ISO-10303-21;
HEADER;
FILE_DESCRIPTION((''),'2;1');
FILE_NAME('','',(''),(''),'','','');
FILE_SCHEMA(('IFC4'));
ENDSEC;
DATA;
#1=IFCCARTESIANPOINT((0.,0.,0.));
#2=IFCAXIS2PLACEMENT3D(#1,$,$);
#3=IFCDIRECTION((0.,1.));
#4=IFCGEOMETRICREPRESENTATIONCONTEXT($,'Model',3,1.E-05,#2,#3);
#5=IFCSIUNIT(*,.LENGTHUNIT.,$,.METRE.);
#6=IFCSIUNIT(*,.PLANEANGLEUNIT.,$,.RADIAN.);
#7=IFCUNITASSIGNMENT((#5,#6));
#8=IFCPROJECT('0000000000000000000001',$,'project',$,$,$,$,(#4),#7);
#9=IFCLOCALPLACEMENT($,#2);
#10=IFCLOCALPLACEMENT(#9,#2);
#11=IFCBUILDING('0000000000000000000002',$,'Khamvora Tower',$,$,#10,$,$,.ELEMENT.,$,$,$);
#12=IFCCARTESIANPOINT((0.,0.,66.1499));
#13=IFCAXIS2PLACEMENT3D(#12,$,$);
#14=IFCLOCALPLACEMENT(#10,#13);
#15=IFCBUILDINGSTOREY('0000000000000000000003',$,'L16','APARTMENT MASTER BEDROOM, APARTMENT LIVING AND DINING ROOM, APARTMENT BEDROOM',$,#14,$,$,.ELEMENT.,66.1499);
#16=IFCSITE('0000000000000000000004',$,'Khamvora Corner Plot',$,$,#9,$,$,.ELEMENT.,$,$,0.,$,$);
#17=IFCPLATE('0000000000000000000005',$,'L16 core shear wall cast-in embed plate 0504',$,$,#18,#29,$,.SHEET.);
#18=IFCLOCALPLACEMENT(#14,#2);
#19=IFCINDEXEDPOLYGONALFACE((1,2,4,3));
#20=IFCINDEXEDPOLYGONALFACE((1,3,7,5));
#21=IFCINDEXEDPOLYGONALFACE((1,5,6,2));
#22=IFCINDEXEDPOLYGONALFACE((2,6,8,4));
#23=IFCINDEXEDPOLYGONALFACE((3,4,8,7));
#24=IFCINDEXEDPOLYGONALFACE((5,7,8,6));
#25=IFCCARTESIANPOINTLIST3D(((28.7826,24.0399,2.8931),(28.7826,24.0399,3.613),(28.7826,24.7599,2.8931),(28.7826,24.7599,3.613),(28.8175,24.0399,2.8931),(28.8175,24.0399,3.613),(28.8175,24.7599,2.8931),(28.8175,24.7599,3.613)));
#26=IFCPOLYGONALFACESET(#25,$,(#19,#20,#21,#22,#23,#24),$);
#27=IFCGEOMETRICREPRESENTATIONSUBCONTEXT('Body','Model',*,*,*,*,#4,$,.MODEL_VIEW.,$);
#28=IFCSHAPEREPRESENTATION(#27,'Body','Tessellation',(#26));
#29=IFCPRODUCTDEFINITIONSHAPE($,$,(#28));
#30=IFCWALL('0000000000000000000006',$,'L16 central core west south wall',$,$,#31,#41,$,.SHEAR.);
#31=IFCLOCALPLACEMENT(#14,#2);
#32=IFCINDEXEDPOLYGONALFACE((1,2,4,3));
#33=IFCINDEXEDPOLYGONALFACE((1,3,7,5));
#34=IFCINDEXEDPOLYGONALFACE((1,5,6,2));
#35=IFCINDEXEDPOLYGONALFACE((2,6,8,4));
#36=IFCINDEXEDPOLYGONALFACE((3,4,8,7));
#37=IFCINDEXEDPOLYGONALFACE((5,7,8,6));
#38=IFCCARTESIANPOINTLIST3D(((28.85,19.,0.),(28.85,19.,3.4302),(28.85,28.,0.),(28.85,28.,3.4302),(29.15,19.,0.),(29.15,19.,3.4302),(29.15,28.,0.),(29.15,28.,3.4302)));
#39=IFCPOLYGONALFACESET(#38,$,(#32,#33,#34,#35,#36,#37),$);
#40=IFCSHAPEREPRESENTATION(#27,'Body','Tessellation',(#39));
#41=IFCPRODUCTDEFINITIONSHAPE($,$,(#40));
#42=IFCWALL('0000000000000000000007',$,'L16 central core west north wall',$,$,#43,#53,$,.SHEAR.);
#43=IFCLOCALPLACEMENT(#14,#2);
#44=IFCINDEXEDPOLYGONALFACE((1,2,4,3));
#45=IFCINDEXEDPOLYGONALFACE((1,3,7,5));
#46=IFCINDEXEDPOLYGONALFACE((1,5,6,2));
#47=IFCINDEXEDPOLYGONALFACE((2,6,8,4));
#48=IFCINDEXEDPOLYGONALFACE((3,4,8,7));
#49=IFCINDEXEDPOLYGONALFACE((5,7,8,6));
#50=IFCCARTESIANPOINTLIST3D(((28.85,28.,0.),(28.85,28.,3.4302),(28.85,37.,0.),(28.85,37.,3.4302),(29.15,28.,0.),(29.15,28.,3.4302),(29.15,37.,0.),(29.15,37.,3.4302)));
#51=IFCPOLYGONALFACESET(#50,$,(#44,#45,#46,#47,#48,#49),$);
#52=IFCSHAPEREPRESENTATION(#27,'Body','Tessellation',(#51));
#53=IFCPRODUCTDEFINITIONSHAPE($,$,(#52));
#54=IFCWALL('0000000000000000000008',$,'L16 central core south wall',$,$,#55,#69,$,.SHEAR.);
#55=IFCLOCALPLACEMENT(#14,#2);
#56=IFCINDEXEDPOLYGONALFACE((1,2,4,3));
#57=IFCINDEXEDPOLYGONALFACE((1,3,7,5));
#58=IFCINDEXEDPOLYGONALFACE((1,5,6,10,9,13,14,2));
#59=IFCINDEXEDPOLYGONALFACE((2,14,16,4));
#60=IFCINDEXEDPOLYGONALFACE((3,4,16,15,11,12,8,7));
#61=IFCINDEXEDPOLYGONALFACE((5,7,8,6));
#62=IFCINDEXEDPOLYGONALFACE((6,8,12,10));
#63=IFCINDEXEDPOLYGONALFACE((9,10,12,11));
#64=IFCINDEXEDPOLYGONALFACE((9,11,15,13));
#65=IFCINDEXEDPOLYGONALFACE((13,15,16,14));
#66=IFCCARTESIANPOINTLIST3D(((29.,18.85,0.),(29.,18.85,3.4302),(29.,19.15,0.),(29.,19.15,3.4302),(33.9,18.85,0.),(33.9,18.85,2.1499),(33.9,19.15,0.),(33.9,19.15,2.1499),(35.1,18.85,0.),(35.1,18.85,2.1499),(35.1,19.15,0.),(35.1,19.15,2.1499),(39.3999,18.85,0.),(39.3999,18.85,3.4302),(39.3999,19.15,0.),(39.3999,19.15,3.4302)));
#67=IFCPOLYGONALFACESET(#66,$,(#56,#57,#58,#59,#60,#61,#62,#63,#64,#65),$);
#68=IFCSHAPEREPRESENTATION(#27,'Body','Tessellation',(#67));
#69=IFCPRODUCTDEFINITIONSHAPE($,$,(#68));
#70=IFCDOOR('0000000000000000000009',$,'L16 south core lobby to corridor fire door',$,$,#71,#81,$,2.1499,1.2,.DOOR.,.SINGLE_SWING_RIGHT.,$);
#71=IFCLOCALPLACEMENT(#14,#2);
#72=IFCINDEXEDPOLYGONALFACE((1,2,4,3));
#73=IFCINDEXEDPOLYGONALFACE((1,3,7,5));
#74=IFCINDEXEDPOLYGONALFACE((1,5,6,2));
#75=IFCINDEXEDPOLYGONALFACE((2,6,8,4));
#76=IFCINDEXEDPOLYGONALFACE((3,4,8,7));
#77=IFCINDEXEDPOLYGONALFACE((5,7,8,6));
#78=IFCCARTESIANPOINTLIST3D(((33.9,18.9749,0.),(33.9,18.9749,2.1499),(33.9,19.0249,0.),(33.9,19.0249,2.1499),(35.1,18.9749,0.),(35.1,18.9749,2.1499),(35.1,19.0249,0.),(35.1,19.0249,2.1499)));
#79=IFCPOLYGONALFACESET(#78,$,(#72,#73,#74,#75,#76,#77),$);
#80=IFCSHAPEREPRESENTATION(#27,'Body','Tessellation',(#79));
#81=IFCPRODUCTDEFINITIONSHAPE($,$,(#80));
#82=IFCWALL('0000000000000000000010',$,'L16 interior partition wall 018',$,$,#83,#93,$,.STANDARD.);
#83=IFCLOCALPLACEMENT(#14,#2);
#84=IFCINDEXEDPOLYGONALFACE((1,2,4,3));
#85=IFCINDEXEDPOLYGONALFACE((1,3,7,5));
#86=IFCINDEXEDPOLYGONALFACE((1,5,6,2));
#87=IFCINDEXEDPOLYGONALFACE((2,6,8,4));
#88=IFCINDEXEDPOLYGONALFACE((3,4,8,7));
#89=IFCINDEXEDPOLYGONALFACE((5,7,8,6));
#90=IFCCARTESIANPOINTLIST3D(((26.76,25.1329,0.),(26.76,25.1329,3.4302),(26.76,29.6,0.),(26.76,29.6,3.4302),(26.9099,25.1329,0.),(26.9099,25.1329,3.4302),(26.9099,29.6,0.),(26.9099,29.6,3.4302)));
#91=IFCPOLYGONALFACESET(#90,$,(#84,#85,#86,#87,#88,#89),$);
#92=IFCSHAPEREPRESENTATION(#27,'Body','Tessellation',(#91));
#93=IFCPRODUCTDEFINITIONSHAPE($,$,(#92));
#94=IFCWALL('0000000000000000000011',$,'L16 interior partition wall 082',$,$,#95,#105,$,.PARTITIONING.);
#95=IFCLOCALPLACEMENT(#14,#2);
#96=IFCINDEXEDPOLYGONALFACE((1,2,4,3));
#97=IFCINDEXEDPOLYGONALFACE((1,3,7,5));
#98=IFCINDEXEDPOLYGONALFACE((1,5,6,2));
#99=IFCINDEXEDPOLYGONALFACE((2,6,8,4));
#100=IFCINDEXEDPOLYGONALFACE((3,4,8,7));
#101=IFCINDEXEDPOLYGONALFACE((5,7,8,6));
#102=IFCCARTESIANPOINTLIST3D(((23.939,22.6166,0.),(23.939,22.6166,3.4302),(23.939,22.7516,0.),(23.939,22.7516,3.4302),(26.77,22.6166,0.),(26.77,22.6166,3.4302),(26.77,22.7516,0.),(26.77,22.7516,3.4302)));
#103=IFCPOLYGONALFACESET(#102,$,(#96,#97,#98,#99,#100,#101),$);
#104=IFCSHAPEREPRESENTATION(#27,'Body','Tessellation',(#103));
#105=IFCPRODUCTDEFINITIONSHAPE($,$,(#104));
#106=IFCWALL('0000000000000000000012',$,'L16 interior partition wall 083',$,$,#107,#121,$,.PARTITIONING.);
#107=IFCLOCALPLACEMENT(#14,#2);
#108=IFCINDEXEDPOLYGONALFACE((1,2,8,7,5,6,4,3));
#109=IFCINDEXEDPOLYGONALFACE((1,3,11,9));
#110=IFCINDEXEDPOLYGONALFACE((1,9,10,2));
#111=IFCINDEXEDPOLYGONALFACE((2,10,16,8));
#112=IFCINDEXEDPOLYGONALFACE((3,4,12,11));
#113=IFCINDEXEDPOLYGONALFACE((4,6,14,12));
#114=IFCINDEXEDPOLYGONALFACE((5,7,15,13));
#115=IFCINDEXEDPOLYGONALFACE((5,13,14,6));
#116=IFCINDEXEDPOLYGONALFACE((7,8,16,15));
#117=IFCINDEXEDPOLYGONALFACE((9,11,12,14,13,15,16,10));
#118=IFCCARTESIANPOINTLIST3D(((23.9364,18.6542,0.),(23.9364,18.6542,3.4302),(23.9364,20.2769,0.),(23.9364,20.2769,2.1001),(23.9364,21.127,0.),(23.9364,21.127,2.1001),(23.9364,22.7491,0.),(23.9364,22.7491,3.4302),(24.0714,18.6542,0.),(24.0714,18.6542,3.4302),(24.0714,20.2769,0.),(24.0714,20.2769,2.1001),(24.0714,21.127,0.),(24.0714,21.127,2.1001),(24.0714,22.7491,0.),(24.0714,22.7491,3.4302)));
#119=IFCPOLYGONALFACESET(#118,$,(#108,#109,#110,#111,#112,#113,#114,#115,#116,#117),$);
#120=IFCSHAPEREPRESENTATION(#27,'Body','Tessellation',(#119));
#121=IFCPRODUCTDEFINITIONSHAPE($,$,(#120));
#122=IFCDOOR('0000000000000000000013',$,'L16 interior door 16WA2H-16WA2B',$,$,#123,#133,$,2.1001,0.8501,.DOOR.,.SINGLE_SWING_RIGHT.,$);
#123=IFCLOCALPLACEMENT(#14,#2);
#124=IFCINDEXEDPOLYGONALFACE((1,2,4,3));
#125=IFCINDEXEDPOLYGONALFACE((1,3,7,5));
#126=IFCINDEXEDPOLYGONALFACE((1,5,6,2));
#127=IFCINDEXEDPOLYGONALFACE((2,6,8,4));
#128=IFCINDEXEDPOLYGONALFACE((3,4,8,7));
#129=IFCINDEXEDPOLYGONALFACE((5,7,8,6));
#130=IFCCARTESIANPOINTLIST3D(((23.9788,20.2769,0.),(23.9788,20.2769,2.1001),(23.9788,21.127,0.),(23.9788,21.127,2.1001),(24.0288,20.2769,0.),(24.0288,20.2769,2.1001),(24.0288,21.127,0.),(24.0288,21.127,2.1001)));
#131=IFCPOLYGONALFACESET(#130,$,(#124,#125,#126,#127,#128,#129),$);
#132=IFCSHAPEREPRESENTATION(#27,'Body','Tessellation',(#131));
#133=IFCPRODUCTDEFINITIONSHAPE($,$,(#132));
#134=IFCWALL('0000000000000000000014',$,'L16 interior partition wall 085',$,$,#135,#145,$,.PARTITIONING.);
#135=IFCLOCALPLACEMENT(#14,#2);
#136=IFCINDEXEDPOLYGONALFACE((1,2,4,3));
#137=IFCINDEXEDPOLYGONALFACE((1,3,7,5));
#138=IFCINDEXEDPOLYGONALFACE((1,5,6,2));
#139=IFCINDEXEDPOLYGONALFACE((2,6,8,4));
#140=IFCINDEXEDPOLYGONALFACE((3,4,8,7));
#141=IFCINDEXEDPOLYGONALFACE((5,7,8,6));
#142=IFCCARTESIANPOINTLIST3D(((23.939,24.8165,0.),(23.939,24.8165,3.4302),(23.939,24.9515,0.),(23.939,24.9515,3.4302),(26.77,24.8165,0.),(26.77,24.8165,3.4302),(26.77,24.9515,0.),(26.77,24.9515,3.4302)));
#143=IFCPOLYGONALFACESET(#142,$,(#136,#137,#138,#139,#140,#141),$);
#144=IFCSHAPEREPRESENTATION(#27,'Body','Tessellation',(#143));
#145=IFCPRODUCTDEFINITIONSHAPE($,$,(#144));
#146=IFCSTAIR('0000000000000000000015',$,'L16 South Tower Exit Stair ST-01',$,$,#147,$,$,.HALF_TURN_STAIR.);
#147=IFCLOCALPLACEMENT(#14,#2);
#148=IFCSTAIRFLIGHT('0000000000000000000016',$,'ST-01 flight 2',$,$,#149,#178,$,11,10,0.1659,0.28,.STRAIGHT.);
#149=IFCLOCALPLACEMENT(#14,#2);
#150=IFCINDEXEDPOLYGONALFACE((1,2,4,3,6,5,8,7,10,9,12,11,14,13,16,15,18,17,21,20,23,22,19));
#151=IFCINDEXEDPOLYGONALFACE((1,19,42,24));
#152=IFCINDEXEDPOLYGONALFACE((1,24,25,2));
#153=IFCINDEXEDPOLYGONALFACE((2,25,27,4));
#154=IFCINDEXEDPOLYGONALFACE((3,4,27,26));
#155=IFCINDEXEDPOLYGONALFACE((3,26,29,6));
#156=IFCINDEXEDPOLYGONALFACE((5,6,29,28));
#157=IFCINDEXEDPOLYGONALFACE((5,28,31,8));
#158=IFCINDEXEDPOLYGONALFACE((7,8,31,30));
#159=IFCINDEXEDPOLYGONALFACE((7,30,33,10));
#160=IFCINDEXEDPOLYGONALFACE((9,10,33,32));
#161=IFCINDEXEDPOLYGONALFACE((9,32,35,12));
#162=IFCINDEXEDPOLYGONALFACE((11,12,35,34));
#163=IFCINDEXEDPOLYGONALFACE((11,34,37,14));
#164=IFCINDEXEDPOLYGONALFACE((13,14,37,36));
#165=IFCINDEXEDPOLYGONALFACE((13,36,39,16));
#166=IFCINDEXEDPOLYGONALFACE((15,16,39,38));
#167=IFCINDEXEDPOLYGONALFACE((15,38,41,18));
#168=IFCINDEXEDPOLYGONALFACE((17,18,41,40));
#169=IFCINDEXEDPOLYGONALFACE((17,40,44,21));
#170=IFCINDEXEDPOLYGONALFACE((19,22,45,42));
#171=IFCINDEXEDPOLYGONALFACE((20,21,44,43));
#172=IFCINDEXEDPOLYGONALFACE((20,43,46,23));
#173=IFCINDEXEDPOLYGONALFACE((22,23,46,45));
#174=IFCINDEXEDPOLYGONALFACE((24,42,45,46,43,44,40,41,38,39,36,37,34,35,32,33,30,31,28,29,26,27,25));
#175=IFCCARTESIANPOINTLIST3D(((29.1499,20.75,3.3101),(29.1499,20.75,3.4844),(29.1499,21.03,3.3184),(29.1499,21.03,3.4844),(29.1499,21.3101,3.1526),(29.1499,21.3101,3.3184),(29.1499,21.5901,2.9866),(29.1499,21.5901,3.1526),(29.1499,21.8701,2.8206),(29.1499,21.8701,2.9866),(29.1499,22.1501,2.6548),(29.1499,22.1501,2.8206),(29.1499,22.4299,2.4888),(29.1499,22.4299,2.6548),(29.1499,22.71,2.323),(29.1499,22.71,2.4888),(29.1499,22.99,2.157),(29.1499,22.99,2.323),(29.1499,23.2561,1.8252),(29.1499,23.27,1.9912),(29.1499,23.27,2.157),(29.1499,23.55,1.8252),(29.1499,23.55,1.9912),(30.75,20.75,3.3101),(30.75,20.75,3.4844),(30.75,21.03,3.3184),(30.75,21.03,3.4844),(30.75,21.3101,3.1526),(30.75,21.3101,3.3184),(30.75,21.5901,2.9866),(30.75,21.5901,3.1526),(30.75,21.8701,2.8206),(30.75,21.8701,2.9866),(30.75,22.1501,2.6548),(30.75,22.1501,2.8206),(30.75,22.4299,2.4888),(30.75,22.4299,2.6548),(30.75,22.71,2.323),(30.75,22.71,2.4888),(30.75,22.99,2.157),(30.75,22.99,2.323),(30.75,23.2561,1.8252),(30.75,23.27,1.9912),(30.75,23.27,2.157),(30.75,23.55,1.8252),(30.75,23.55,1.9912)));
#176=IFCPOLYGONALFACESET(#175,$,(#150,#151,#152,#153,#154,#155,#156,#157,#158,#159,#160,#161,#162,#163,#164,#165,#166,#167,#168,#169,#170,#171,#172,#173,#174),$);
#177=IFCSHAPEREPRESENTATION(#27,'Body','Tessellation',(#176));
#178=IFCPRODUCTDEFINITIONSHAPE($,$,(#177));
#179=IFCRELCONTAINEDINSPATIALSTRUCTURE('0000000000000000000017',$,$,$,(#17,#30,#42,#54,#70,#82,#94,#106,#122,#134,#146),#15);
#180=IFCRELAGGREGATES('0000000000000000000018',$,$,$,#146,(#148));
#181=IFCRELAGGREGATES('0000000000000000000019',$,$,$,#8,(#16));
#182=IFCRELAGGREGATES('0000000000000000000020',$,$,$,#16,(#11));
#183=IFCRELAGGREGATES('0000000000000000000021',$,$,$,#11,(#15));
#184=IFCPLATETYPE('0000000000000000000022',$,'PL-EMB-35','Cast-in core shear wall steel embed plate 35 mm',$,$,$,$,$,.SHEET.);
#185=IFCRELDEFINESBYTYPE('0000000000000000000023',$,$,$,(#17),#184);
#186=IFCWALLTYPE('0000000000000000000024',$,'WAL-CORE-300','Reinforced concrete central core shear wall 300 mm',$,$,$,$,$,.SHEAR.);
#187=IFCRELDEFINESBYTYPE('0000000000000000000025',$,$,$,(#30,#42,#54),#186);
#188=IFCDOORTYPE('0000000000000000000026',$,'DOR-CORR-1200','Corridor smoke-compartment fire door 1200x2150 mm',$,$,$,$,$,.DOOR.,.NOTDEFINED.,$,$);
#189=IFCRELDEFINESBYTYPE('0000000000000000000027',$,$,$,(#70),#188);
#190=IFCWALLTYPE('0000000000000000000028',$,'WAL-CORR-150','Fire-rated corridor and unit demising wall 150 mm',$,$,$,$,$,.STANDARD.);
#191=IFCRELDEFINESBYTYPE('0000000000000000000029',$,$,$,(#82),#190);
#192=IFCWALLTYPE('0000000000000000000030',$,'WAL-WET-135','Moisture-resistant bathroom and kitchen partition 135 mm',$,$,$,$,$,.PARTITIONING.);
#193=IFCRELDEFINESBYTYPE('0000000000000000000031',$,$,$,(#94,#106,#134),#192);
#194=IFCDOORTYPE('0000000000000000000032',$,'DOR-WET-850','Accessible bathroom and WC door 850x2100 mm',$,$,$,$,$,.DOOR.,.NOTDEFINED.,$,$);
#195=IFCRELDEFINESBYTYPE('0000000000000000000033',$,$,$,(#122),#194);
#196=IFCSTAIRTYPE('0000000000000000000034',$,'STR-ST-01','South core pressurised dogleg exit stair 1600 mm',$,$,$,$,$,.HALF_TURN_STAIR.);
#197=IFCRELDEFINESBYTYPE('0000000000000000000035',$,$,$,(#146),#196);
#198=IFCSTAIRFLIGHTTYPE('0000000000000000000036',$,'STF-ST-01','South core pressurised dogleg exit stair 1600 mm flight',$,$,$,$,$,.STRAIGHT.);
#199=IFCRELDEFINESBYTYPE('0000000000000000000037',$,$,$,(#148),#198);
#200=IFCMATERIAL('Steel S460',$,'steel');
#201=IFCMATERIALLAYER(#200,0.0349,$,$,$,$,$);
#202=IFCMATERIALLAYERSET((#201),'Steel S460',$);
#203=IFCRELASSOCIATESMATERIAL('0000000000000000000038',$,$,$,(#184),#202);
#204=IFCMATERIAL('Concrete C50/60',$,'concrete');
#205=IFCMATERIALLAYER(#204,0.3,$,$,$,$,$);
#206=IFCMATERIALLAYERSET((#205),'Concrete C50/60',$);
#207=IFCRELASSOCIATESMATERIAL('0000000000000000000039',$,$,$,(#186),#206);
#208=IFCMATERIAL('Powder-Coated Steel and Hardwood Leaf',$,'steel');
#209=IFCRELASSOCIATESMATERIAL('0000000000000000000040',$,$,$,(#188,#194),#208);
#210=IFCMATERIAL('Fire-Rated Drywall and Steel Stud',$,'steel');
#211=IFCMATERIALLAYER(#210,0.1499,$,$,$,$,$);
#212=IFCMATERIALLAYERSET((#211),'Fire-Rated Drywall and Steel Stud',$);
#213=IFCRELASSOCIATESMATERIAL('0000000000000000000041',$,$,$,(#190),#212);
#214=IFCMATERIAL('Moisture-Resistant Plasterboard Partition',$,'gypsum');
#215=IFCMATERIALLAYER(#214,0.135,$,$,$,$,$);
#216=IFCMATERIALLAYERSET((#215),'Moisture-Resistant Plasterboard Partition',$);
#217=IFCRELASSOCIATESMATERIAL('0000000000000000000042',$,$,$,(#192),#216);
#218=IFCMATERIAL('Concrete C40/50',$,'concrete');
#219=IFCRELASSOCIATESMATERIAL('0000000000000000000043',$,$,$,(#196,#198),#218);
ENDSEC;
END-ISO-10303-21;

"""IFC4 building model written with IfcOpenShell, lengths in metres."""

from ifc_helpers import new_model, si_unit, direction, frame, frame_2d, origin, origin_2d, place, context, subcontext, project, spatial, polyline, rectangle, outline, extrude, material, layer, layer_set, type_object, element, fill, aggregate, save


model = new_model("IFC4")

# Units and contexts
model_context = context("Model", 3, precision=1e-05, world=origin(), true_north=direction((0.0, 1.0)))
body_context = subcontext(model_context, "Body", "Model", "MODEL_VIEW")
ifc_project = project(units=[si_unit("LENGTHUNIT", "METRE"), si_unit("PLANEANGLEUNIT", "RADIAN")], contexts=[model_context])

# Site, building, storey
site_placement = place(None, origin())
site = spatial("IfcSite", under=ifc_project, at=site_placement, Name="Khamvora Corner Plot", CompositionType="ELEMENT", RefElevation=0.0)
building_placement = place(site_placement, origin())
building = spatial("IfcBuilding", under=site, at=building_placement, Name="Khamvora Tower", CompositionType="ELEMENT")
storey_placement = place(building_placement, frame((0.0, 0.0, 66.1499)))
storey = spatial("IfcBuildingStorey", under=building, at=storey_placement, Name="L16", Description="APARTMENT MASTER BEDROOM, APARTMENT LIVING AND DINING ROOM, APARTMENT BEDROOM", CompositionType="ELEMENT", Elevation=66.1499)

# Shared definitions
ifc_material_1 = material(Name="Steel S460", Category="steel")

# Plate
ifc_layer_1 = layer(ifc_material_1, 0.0349)
ifc_layer_set_1 = layer_set([ifc_layer_1], Name="Steel S460")
plate_type = type_object("IfcPlateType", Name="PL-EMB-35", Description="Cast-in core shear wall steel embed plate 35 mm", PredefinedType="SHEET", material=ifc_layer_set_1)
for number, where, z_axis, x_axis, name in (
    (1, (28.8, 24.3999, 2.8931), (0.0, 0.0, 1.0), (1.0, 0.0, 0.0), "L16 core shear wall cast-in embed plate 0504"),
):
    element("IfcPlate", number, at=place(storey_placement, frame(where, z_axis=z_axis, x_axis=x_axis)), inside=storey, type_object=plate_type, Name=name, PredefinedType="SHEET", context=body_context, shape_type="SweptSolid", body=[
        extrude(rectangle(XDim=0.0349, YDim=0.72, at=origin_2d()), origin(), (0.0, 0.0, 1.0), 0.72),
    ])

# Walls
ifc_material_2 = material(Name="Concrete C50/60", Category="concrete")
ifc_layer_2 = layer(ifc_material_2, 0.3)
ifc_layer_set_2 = layer_set([ifc_layer_2], Name="Concrete C50/60")
wall_type_1 = type_object("IfcWallType", Name="WAL-CORE-300", Description="Reinforced concrete central core shear wall 300 mm", PredefinedType="SHEAR", material=ifc_layer_set_2)
for number, where, z_axis, x_axis, name in (
    (2, (29.0, 19.0, 0.0), (0.0, 0.0, 1.0), (0.0, 1.0, 0.0), "L16 central core west south wall"),
    (3, (29.0, 28.0, 0.0), (0.0, 0.0, 1.0), (0.0, 1.0, 0.0), "L16 central core west north wall"),
):
    element("IfcWall", number, at=place(storey_placement, frame(where, z_axis=z_axis, x_axis=x_axis)), inside=storey, type_object=wall_type_1, Name=name, PredefinedType="SHEAR", context=body_context, shape_type="SweptSolid", body=[
        extrude(rectangle(XDim=9.0, YDim=0.3, at=frame_2d((4.5, 0.0))), origin(), (0.0, 0.0, 1.0), 3.4302),
    ])

# Wall, opening, door
wall_1_placement = place(storey_placement, frame((29.0, 19.0, 0.0), z_axis=(0.0, 0.0, 1.0), x_axis=(1.0, 0.0, 0.0)))
wall_1 = element("IfcWall", 4, at=wall_1_placement, inside=storey, type_object=wall_type_1, Name="L16 central core south wall", PredefinedType="SHEAR", context=body_context, shape_type="SweptSolid", body=[
    extrude(rectangle(XDim=10.3999, YDim=0.3, at=frame_2d((5.2, 0.0))), origin(), (0.0, 0.0, 1.0), 3.4302),
])
opening_1_placement = place(wall_1_placement, frame((4.8999, 0.0, 0.0)))
opening_1 = element("IfcOpeningElement", 5, at=opening_1_placement, cuts=wall_1, PredefinedType="OPENING", context=body_context, shape_type="SweptSolid", body=[
    extrude(rectangle(XDim=1.2, YDim=2.1499, at=frame_2d((0.6001, 1.075))), frame((0.0, 0.1599, 0.0), z_axis=(0.0, -1.0, 0.0), x_axis=(1.0, 0.0, 0.0)), (0.0, 0.0, 1.0), 0.3201),
])
ifc_material_3 = material(Name="Powder-Coated Steel and Hardwood Leaf", Category="steel")
door_type_1 = type_object("IfcDoorType", Name="DOR-CORR-1200", Description="Corridor smoke-compartment fire door 1200x2150 mm", OperationType="NOTDEFINED", PredefinedType="DOOR", material=ifc_material_3)
door_1_placement = place(opening_1_placement, origin())
door_1 = element("IfcDoor", 6, at=door_1_placement, inside=storey, type_object=door_type_1, Name="L16 south core lobby to corridor fire door", OperationType="SINGLE_SWING_RIGHT", OverallHeight=2.1499, OverallWidth=1.2, PredefinedType="DOOR", context=body_context, shape_type="SweptSolid", body=[
    extrude(rectangle(XDim=1.2, YDim=2.1499, at=frame_2d((0.6001, 1.075))), frame((0.0, 0.0249, 0.0), z_axis=(0.0, -1.0, 0.0), x_axis=(1.0, 0.0, 0.0)), (0.0, 0.0, 1.0), 0.05),
])
fill(opening_1, door_1)
ifc_material_4 = material(Name="Fire-Rated Drywall and Steel Stud", Category="steel")
ifc_layer_3 = layer(ifc_material_4, 0.1499)
ifc_layer_set_3 = layer_set([ifc_layer_3], Name="Fire-Rated Drywall and Steel Stud")
wall_type_2 = type_object("IfcWallType", Name="WAL-CORR-150", Description="Fire-rated corridor and unit demising wall 150 mm", PredefinedType="STANDARD", material=ifc_layer_set_3)

# Walls
wall_2_placement = place(storey_placement, frame((26.835, 25.1331, 0.0), z_axis=(0.0, 0.0, 1.0), x_axis=(0.0, 1.0, 0.0)))
element("IfcWall", 7, at=wall_2_placement, inside=storey, type_object=wall_type_2, Name="L16 interior partition wall 018", PredefinedType="STANDARD", context=body_context, shape_type="SweptSolid", body=[
    extrude(rectangle(XDim=4.467, YDim=0.1499, at=frame_2d((2.2334, 0.0))), origin(), (0.0, 0.0, 1.0), 3.4302),
])
ifc_material_5 = material(Name="Moisture-Resistant Plasterboard Partition", Category="gypsum")
ifc_layer_4 = layer(ifc_material_5, 0.135)
ifc_layer_set_4 = layer_set([ifc_layer_4], Name="Moisture-Resistant Plasterboard Partition")
wall_type_3 = type_object("IfcWallType", Name="WAL-WET-135", Description="Moisture-resistant bathroom and kitchen partition 135 mm", PredefinedType="PARTITIONING", material=ifc_layer_set_4)
wall_3_placement = place(storey_placement, frame((26.77, 22.6841, 0.0), z_axis=(0.0, 0.0, 1.0), x_axis=(-1.0, 0.0, 0.0)))
element("IfcWall", 8, at=wall_3_placement, inside=storey, type_object=wall_type_3, Name="L16 interior partition wall 082", PredefinedType="PARTITIONING", context=body_context, shape_type="SweptSolid", body=[
    extrude(rectangle(XDim=2.8311, YDim=0.135, at=frame_2d((1.4155, 0.0))), origin(), (0.0, 0.0, 1.0), 3.4302),
])

# Wall, opening, door
wall_4_placement = place(storey_placement, frame((24.0039, 22.749, 0.0), z_axis=(0.0, 0.0, 1.0), x_axis=(0.0, -1.0, 0.0)))
wall_4 = element("IfcWall", 9, at=wall_4_placement, inside=storey, type_object=wall_type_3, Name="L16 interior partition wall 083", PredefinedType="PARTITIONING", context=body_context, shape_type="SweptSolid", body=[
    extrude(rectangle(XDim=4.095, YDim=0.135, at=frame_2d((2.0474, 0.0))), origin(), (0.0, 0.0, 1.0), 3.4302),
])
opening_2_placement = place(wall_4_placement, frame((1.6221, 0.0, 0.0)))
opening_2 = element("IfcOpeningElement", 10, at=opening_2_placement, cuts=wall_4, PredefinedType="OPENING", context=body_context, shape_type="SweptSolid", body=[
    extrude(rectangle(XDim=0.8501, YDim=2.1001, at=frame_2d((0.425, 1.05))), frame((0.0, 0.0774, 0.0), z_axis=(0.0, -1.0, 0.0), x_axis=(1.0, 0.0, 0.0)), (0.0, 0.0, 1.0), 0.155),
])
door_type_2 = type_object("IfcDoorType", Name="DOR-WET-850", Description="Accessible bathroom and WC door 850x2100 mm", OperationType="NOTDEFINED", PredefinedType="DOOR", material=ifc_material_3)
door_2_placement = place(opening_2_placement, origin())
door_2 = element("IfcDoor", 11, at=door_2_placement, inside=storey, type_object=door_type_2, Name="L16 interior door 16WA2H-16WA2B", OperationType="SINGLE_SWING_RIGHT", OverallHeight=2.1001, OverallWidth=0.8501, PredefinedType="DOOR", context=body_context, shape_type="SweptSolid", body=[
    extrude(rectangle(XDim=0.8501, YDim=2.1001, at=frame_2d((0.425, 1.05))), frame((0.0, 0.0249, 0.0), z_axis=(0.0, -1.0, 0.0), x_axis=(1.0, 0.0, 0.0)), (0.0, 0.0, 1.0), 0.05),
])
fill(opening_2, door_2)

# Wall
wall_5_placement = place(storey_placement, frame((23.939, 24.884, 0.0), z_axis=(0.0, 0.0, 1.0), x_axis=(1.0, 0.0, 0.0)))
element("IfcWall", 12, at=wall_5_placement, inside=storey, type_object=wall_type_3, Name="L16 interior partition wall 085", PredefinedType="PARTITIONING", context=body_context, shape_type="SweptSolid", body=[
    extrude(rectangle(XDim=2.8311, YDim=0.135, at=frame_2d((1.4155, 0.0))), origin(), (0.0, 0.0, 1.0), 3.4302),
])

# Stair, stair flight
ifc_material_6 = material(Name="Concrete C40/50", Category="concrete")
stair_type = type_object("IfcStairType", Name="STR-ST-01", Description="South core pressurised dogleg exit stair 1600 mm", PredefinedType="HALF_TURN_STAIR", material=ifc_material_6)
stair_placement = place(storey_placement, origin())
stair = element("IfcStair", 13, at=stair_placement, inside=storey, type_object=stair_type, Name="L16 South Tower Exit Stair ST-01", PredefinedType="HALF_TURN_STAIR")
stair_flight_type = type_object("IfcStairFlightType", Name="STF-ST-01", Description="South core pressurised dogleg exit stair 1600 mm flight", PredefinedType="STRAIGHT", material=ifc_material_6)
stair_flight_placement = place(storey_placement, frame((29.95, 23.55, 1.8252), z_axis=(0.0, 0.0, 1.0), x_axis=(0.0, -1.0, 0.0)))
stair_flight = element("IfcStairFlight", 14, at=stair_flight_placement, type_object=stair_flight_type, Name="ST-01 flight 2", NumberOfRisers=11, NumberOfTreads=10, PredefinedType="STRAIGHT", RiserHeight=0.1659, TreadLength=0.28, context=body_context, shape_type="SweptSolid", body=[
    extrude(outline(polyline([(0.0, 0.0), (0.0, 0.166), (0.28, 0.166), (0.28, 0.3318), (0.5601, 0.3318), (0.5601, 0.4978), (0.8401, 0.4978), (0.8401, 0.6636), (1.1201, 0.6636), (1.1201, 0.8296), (1.3999, 0.8296), (1.3999, 0.9954), (1.6799, 0.9954), (1.6799, 1.1614), (1.96, 1.1614), (1.96, 1.3274), (2.24, 1.3274), (2.24, 1.4932), (2.52, 1.4932), (2.52, 1.6592), (2.8, 1.6592), (2.8, 1.825), (2.8, 1.4849), (0.2939, 0.0), (0.0, 0.0)])), frame((0.0, 0.8, 0.0), z_axis=(0.0, -1.0, 0.0), x_axis=(1.0, 0.0, 0.0)), (0.0, 0.0, 1.0), 1.6001),
])
aggregate(stair, [stair_flight])

save(model, "model.ifc")
